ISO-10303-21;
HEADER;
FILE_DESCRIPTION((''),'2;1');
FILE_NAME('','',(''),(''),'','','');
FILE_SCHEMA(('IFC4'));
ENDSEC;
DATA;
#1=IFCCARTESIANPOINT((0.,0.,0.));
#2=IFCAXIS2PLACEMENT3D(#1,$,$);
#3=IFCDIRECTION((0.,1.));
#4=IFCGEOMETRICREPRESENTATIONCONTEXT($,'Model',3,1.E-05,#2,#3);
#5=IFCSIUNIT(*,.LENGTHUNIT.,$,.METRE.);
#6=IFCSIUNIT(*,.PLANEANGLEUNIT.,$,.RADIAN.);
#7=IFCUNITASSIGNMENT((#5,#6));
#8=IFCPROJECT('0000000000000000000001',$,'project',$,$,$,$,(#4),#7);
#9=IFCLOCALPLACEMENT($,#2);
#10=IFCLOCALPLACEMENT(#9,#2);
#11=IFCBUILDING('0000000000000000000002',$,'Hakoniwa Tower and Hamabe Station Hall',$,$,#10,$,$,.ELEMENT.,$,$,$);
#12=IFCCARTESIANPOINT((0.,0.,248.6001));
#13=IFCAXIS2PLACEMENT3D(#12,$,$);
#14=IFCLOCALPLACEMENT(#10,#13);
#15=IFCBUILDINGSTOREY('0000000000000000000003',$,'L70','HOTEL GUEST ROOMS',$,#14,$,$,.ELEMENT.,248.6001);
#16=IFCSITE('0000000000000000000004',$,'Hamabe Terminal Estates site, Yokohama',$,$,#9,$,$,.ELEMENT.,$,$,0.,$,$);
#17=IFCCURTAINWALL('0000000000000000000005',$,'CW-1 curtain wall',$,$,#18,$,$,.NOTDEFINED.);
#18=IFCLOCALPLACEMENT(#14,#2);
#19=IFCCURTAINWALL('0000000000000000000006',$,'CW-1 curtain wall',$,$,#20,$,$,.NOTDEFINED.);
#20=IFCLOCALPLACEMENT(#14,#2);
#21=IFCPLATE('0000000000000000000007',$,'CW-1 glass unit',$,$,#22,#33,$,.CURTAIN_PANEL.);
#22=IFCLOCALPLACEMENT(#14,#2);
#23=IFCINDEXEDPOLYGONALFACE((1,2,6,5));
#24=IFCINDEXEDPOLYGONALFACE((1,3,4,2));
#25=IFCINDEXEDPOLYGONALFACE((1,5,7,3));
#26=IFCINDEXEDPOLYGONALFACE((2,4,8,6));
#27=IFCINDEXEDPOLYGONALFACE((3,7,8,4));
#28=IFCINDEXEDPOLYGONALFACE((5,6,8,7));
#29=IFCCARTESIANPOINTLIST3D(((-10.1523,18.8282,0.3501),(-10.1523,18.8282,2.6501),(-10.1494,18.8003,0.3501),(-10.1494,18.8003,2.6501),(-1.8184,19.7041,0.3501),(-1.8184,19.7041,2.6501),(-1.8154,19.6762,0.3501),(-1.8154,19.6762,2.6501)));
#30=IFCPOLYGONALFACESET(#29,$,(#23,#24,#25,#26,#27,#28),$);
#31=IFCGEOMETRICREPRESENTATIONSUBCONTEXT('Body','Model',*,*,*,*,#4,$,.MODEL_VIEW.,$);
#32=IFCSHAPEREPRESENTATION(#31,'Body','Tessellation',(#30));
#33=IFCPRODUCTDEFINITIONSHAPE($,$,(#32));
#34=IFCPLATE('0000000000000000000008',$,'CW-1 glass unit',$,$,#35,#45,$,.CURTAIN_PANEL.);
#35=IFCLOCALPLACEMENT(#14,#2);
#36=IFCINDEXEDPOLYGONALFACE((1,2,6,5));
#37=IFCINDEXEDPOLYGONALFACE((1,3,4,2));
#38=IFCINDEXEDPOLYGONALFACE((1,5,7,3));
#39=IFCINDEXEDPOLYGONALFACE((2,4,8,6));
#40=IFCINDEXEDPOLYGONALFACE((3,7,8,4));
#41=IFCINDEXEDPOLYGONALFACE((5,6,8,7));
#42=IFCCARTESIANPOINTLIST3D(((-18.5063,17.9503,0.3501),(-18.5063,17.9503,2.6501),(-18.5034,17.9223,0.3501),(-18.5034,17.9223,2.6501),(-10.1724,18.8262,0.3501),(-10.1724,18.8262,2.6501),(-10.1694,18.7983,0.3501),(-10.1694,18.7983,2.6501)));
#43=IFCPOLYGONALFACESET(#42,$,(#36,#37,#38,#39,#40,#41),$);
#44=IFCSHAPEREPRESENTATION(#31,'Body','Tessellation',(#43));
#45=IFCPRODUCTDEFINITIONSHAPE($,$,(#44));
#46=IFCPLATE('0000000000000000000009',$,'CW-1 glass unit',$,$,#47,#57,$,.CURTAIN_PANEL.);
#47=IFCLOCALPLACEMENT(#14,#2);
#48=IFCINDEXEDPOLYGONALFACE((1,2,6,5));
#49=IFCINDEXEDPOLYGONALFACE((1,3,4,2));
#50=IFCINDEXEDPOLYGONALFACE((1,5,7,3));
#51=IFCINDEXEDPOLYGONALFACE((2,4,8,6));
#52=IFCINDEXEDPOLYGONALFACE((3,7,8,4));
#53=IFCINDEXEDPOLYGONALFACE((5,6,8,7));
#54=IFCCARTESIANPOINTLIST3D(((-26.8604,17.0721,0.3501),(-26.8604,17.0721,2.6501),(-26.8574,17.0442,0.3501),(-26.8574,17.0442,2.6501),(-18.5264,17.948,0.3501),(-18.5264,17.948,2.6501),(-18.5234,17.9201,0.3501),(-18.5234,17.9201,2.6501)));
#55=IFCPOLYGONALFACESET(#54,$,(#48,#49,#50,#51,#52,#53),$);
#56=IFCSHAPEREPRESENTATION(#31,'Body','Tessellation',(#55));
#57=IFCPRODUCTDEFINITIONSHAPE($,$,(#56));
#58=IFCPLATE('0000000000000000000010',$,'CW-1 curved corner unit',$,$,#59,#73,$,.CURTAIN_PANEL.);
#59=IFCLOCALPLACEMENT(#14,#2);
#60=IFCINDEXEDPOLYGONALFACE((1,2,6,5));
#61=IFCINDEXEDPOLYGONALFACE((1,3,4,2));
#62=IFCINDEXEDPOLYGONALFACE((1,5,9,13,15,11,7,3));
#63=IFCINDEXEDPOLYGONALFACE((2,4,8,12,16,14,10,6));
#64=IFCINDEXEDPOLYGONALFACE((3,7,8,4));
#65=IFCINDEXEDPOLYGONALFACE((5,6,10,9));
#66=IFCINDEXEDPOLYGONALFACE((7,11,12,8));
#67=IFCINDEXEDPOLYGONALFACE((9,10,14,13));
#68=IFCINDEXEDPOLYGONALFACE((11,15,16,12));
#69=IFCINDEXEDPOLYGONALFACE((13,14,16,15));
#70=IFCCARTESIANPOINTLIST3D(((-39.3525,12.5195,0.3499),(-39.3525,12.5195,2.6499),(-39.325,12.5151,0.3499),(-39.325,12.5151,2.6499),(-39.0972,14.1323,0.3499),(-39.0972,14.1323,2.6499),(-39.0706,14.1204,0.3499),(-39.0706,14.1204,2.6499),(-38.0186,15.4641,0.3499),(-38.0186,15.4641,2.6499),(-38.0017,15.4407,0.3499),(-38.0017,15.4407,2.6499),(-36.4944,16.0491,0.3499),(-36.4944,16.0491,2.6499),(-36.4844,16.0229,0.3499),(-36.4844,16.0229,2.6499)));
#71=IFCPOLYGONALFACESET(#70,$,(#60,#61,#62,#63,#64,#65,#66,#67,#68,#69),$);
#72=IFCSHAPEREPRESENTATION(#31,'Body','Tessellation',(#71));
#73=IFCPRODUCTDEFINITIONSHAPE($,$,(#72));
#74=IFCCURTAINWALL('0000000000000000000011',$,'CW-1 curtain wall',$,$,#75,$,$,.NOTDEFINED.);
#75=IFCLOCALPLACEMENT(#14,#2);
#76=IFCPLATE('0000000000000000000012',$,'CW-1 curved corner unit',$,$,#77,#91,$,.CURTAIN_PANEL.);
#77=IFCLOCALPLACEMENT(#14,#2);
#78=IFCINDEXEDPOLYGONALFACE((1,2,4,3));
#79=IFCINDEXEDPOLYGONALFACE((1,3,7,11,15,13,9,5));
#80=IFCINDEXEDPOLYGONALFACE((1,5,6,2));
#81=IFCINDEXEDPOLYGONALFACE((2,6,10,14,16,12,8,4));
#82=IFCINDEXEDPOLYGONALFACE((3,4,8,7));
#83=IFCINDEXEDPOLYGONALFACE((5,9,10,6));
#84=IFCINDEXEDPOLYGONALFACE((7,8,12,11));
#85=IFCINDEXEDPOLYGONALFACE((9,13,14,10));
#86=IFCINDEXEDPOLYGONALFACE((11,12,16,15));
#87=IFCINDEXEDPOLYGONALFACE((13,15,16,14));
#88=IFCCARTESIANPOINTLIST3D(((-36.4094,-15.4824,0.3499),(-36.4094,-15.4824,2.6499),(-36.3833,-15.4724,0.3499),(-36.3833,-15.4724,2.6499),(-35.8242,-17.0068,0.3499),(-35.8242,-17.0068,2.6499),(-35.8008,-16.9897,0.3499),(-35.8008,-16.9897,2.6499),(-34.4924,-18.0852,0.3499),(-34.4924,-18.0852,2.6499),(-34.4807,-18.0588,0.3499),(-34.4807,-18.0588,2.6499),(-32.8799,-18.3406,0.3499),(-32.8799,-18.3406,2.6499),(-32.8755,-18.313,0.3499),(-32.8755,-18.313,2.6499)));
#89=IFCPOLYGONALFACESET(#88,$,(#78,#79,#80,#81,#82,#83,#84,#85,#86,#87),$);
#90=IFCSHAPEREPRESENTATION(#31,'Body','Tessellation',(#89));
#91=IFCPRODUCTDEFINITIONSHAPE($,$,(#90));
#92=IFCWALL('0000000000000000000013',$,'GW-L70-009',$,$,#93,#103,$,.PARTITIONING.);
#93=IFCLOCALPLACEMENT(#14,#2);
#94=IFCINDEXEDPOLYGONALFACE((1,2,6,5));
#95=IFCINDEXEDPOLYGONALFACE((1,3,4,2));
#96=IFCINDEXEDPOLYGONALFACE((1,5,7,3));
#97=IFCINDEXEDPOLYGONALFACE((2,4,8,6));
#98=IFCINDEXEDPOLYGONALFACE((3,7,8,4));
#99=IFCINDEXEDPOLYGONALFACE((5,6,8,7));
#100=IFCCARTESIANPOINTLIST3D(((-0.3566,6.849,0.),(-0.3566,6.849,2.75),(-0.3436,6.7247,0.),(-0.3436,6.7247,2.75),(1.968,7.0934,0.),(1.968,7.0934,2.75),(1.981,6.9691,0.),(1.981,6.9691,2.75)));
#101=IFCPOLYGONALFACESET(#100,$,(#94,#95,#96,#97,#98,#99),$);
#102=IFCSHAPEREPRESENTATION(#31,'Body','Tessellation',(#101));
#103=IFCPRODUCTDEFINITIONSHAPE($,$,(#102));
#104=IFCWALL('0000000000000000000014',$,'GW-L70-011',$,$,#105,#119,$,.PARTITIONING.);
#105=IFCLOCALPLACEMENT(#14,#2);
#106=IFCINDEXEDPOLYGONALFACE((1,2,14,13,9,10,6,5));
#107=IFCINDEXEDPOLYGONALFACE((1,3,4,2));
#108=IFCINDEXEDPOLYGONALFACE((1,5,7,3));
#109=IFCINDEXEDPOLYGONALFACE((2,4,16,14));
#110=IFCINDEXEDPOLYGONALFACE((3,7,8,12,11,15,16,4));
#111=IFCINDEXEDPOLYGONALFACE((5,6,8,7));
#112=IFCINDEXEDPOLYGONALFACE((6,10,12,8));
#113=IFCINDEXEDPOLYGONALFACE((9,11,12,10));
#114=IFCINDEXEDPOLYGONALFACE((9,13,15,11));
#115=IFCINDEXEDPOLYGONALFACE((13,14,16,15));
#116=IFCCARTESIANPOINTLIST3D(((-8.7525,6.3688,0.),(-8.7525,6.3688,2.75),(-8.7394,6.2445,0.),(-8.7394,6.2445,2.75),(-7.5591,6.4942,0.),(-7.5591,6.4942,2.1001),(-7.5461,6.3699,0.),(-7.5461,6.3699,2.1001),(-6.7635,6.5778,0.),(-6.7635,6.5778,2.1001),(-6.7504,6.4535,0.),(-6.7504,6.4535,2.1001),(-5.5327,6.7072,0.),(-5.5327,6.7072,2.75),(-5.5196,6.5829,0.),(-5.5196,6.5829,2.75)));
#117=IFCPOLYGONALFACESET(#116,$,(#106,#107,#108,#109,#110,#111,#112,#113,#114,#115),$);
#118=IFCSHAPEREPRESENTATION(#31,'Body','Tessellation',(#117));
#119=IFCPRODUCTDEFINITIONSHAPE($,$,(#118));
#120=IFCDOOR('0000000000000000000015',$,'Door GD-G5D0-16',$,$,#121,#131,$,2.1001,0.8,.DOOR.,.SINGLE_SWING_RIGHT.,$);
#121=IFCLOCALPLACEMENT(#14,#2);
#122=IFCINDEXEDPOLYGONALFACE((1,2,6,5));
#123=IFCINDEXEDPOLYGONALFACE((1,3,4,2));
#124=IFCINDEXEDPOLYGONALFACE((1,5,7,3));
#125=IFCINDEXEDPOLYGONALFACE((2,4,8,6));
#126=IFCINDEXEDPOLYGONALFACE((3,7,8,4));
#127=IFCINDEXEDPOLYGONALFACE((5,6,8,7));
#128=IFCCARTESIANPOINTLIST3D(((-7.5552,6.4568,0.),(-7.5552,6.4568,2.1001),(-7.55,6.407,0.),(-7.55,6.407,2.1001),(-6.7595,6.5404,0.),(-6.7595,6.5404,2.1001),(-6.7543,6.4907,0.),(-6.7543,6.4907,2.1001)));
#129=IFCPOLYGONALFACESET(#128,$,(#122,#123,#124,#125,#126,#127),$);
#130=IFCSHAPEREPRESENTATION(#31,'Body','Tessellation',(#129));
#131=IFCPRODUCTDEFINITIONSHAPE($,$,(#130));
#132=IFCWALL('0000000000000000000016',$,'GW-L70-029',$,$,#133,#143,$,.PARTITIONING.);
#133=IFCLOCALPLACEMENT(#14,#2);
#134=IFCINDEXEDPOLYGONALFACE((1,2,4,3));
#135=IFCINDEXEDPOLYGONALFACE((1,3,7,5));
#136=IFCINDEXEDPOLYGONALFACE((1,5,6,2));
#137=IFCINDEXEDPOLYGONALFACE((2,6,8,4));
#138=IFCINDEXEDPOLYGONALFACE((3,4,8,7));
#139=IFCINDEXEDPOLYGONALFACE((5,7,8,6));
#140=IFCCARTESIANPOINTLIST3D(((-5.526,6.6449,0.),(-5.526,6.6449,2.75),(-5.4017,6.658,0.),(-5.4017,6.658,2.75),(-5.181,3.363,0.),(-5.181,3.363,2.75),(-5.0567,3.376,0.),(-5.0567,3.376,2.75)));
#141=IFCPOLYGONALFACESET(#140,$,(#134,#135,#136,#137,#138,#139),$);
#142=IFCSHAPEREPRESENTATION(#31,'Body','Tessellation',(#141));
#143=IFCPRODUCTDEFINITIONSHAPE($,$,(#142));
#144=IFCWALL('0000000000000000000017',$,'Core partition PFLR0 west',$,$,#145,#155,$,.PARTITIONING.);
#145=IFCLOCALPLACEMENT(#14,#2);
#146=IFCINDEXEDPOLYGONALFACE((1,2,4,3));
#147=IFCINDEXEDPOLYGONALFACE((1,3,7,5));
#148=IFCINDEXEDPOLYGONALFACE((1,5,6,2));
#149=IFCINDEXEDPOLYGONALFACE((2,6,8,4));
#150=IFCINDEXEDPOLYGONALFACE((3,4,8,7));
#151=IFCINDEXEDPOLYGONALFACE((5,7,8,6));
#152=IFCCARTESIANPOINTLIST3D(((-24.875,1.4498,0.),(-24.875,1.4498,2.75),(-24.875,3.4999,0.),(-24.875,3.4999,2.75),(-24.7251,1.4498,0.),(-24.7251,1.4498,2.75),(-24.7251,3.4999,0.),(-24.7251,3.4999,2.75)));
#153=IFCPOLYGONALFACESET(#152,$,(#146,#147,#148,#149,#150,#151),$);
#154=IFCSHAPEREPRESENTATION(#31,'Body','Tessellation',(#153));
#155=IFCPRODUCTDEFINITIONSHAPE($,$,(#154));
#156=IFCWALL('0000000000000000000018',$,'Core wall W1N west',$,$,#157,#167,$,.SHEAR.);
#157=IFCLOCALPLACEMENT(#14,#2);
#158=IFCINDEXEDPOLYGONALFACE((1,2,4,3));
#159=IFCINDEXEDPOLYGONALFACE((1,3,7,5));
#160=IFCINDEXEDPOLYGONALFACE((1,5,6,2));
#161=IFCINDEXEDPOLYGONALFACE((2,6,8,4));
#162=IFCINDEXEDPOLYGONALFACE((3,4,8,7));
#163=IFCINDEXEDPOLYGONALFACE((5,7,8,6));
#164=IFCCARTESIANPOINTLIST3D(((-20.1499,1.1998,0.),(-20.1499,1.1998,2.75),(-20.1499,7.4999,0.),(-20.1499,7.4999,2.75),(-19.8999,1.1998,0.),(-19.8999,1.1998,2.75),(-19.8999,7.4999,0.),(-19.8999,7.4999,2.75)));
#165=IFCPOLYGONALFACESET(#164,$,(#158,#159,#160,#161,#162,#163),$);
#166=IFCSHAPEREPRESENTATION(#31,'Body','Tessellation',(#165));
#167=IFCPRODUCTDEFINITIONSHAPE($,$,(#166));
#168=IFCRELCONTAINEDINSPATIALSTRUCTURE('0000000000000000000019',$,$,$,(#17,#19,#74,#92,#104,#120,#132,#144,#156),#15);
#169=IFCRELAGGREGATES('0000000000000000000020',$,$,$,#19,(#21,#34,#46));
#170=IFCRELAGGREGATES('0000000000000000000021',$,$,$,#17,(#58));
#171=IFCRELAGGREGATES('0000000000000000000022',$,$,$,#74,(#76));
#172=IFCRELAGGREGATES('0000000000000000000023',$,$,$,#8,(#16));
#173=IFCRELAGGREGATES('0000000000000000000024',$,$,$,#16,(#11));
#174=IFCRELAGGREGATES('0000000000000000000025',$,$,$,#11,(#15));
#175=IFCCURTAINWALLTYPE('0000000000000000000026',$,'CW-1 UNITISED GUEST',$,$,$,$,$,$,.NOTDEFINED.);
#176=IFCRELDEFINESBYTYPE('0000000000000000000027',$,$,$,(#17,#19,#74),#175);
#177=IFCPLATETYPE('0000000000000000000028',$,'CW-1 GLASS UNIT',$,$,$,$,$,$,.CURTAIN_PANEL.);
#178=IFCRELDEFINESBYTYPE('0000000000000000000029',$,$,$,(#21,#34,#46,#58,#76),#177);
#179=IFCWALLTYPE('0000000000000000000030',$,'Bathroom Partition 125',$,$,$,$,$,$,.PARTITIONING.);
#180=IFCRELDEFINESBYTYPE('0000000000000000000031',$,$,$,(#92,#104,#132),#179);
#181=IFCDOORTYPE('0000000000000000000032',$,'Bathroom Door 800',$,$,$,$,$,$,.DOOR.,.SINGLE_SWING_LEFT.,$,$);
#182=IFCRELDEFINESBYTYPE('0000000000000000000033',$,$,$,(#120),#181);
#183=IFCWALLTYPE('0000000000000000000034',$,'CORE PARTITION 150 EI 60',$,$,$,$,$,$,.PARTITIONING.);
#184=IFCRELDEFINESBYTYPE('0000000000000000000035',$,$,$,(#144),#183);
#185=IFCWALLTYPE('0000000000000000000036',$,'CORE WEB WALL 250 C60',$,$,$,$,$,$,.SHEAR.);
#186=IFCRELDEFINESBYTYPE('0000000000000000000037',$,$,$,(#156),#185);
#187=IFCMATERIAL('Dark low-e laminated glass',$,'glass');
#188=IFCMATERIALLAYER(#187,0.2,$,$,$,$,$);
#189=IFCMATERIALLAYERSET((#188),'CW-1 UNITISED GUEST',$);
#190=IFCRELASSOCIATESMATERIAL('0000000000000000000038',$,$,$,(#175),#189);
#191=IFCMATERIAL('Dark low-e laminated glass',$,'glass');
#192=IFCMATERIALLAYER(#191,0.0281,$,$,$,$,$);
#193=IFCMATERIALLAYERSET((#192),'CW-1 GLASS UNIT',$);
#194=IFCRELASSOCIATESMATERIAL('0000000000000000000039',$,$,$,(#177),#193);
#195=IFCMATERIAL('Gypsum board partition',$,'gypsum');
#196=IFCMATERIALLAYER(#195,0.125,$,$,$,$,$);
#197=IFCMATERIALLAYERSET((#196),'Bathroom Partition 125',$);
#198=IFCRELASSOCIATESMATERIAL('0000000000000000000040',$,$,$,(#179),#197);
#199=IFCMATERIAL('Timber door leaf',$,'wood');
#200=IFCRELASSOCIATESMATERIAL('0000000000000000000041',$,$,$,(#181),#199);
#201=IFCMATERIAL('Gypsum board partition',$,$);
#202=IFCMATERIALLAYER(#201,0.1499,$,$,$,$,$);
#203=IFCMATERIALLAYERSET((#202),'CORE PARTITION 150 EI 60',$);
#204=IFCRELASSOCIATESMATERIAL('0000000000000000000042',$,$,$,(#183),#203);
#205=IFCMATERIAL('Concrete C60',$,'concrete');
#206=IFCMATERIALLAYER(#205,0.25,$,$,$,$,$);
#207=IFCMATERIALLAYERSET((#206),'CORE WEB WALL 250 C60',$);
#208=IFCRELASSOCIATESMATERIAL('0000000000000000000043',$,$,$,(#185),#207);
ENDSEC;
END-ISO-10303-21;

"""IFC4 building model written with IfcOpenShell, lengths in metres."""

from ifc_helpers import new_model, si_unit, direction, frame, frame_2d, origin, origin_2d, place, context, subcontext, project, spatial, polyline, rectangle, outline, extrude, material, layer, layer_set, type_object, element, fill, aggregate, save


model = new_model("IFC4")

# Units and contexts
model_context = context("Model", 3, precision=1e-05, world=origin(), true_north=direction((0.0, 1.0)))
body_context = subcontext(model_context, "Body", "Model", "MODEL_VIEW")
ifc_project = project(units=[si_unit("LENGTHUNIT", "METRE"), si_unit("PLANEANGLEUNIT", "RADIAN")], contexts=[model_context])

# Site, building, storey
site_placement = place(None, origin())
site = spatial("IfcSite", under=ifc_project, at=site_placement, Name="Hamabe Terminal Estates site, Yokohama", CompositionType="ELEMENT", RefElevation=0.0)
building_placement = place(site_placement, origin())
building = spatial("IfcBuilding", under=site, at=building_placement, Name="Hakoniwa Tower and Hamabe Station Hall", CompositionType="ELEMENT")
storey_placement = place(building_placement, frame((0.0, 0.0, 248.6001)))
storey = spatial("IfcBuildingStorey", under=building, at=storey_placement, Name="L70", Description="HOTEL GUEST ROOMS", CompositionType="ELEMENT", Elevation=248.6001)

# Curtain wall
ifc_material_1 = material(Name="Dark low-e laminated glass", Category="glass")
ifc_layer_1 = layer(ifc_material_1, 0.2)
ifc_layer_set_1 = layer_set([ifc_layer_1], Name="CW-1 UNITISED GUEST")
curtain_wall_type = type_object("IfcCurtainWallType", Name="CW-1 UNITISED GUEST", PredefinedType="NOTDEFINED", material=ifc_layer_set_1)
curtain_wall_1_placement = place(storey_placement, origin())
curtain_wall_1 = element("IfcCurtainWall", 1, at=curtain_wall_1_placement, inside=storey, type_object=curtain_wall_type, Name="CW-1 curtain wall", PredefinedType="NOTDEFINED")

# Curtain wall, plates
curtain_wall_2_placement = place(storey_placement, origin())
curtain_wall_2 = element("IfcCurtainWall", 2, at=curtain_wall_2_placement, inside=storey, type_object=curtain_wall_type, Name="CW-1 curtain wall", PredefinedType="NOTDEFINED")
ifc_material_2 = material(Name="Dark low-e laminated glass", Category="glass")
ifc_layer_2 = layer(ifc_material_2, 0.0281)
ifc_layer_set_2 = layer_set([ifc_layer_2], Name="CW-1 GLASS UNIT")
plate_type = type_object("IfcPlateType", Name="CW-1 GLASS UNIT", PredefinedType="CURTAIN_PANEL", material=ifc_layer_set_2)
plate_1_placement = place(storey_placement, frame((-5.9839, 19.2522, 0.3501), z_axis=(0.0, 0.0, 1.0), x_axis=(-0.994522, -0.104528, 0.0)))
plate_1 = element("IfcPlate", 3, at=plate_1_placement, type_object=plate_type, Name="CW-1 glass unit", PredefinedType="CURTAIN_PANEL", context=body_context, shape_type="SweptSolid", body=[
    extrude(rectangle(XDim=8.3799, YDim=0.0281, at=origin_2d()), origin(), (0.0, 0.0, 1.0), 2.3),
])
plate_2_placement = place(storey_placement, frame((-14.3379, 18.3743, 0.3501), z_axis=(0.0, 0.0, 1.0), x_axis=(-0.994522, -0.104528, 0.0)))
plate_2 = element("IfcPlate", 4, at=plate_2_placement, type_object=plate_type, Name="CW-1 glass unit", PredefinedType="CURTAIN_PANEL", context=body_context, shape_type="SweptSolid", body=[
    extrude(rectangle(XDim=8.3799, YDim=0.0281, at=origin_2d()), origin(), (0.0, 0.0, 1.0), 2.3),
])
plate_3_placement = place(storey_placement, frame((-22.6919, 17.4961, 0.3501), z_axis=(0.0, 0.0, 1.0), x_axis=(-0.994522, -0.104528, 0.0)))
plate_3 = element("IfcPlate", 5, at=plate_3_placement, type_object=plate_type, Name="CW-1 glass unit", PredefinedType="CURTAIN_PANEL", context=body_context, shape_type="SweptSolid", body=[
    extrude(rectangle(XDim=8.3799, YDim=0.0281, at=origin_2d()), origin(), (0.0, 0.0, 1.0), 2.3),
])
aggregate(curtain_wall_2, [plate_1, plate_2, plate_3])

# Plate
plate_4_placement = place(storey_placement, frame((0.0, 0.0, 0.3499)))
plate_4 = element("IfcPlate", 6, at=plate_4_placement, type_object=plate_type, Name="CW-1 curved corner unit", PredefinedType="CURTAIN_PANEL", context=body_context, shape_type="SweptSolid", body=[
    extrude(outline(polyline([(-36.4944, 16.0491), (-38.0186, 15.4641), (-39.0972, 14.1323), (-39.3525, 12.5195), (-39.325, 12.5151), (-39.0706, 14.1204), (-38.0017, 15.4407), (-36.4844, 16.0229), (-36.4944, 16.0491)])), origin(), (0.0, 0.0, 1.0), 2.3),
])
aggregate(curtain_wall_1, [plate_4])

# Curtain wall, plate
curtain_wall_3_placement = place(storey_placement, origin())
curtain_wall_3 = element("IfcCurtainWall", 7, at=curtain_wall_3_placement, inside=storey, type_object=curtain_wall_type, Name="CW-1 curtain wall", PredefinedType="NOTDEFINED")
plate_5_placement = place(storey_placement, frame((0.0, 0.0, 0.3499)))
plate_5 = element("IfcPlate", 8, at=plate_5_placement, type_object=plate_type, Name="CW-1 curved corner unit", PredefinedType="CURTAIN_PANEL", context=body_context, shape_type="SweptSolid", body=[
    extrude(outline(polyline([(-36.4094, -15.4824), (-35.8242, -17.0068), (-34.4924, -18.0852), (-32.8799, -18.3406), (-32.8755, -18.313), (-34.4807, -18.0588), (-35.8008, -16.9897), (-36.3833, -15.4724), (-36.4094, -15.4824)])), origin(), (0.0, 0.0, 1.0), 2.3),
])
aggregate(curtain_wall_3, [plate_5])

# Wall
ifc_material_3 = material(Name="Gypsum board partition", Category="gypsum")
ifc_layer_3 = layer(ifc_material_3, 0.125)
ifc_layer_set_3 = layer_set([ifc_layer_3], Name="Bathroom Partition 125")
wall_type_1 = type_object("IfcWallType", Name="Bathroom Partition 125", PredefinedType="PARTITIONING", material=ifc_layer_set_3)
wall_1_placement = place(storey_placement, frame((-0.3501, 6.7869, 0.0), z_axis=(0.0, 0.0, 1.0), x_axis=(0.99452, 0.104549, 0.0)))
element("IfcWall", 9, at=wall_1_placement, inside=storey, type_object=wall_type_1, Name="GW-L70-009", PredefinedType="PARTITIONING", context=body_context, shape_type="SweptSolid", body=[
    extrude(rectangle(XDim=2.3374, YDim=0.125, at=frame_2d((1.1687, 0.0))), origin(), (0.0, 0.0, 1.0), 2.75),
])

# Wall, opening, door
wall_2_placement = place(storey_placement, frame((-8.7458, 6.3066, 0.0), z_axis=(0.0, 0.0, 1.0), x_axis=(0.994523, 0.10452, 0.0)))
wall_2 = element("IfcWall", 10, at=wall_2_placement, inside=storey, type_object=wall_type_1, Name="GW-L70-011", PredefinedType="PARTITIONING", context=body_context, shape_type="SweptSolid", body=[
    extrude(rectangle(XDim=3.2375, YDim=0.125, at=frame_2d((1.6187, 0.0))), origin(), (0.0, 0.0, 1.0), 2.75),
])
opening_1_placement = place(wall_2_placement, frame((1.2, 0.0, 0.0)))
opening_1 = element("IfcOpeningElement", 11, at=opening_1_placement, cuts=wall_2, PredefinedType="OPENING", context=body_context, shape_type="SweptSolid", body=[
    extrude(rectangle(XDim=0.8, YDim=2.1001, at=frame_2d((0.3999, 1.05))), frame((0.0, 0.0725, 0.0), z_axis=(0.0, -1.0, 0.0), x_axis=(1.0, 0.0, 0.0)), (0.0, 0.0, 1.0), 0.145),
])
ifc_material_4 = material(Name="Timber door leaf", Category="wood")
door_type_1 = type_object("IfcDoorType", Name="Bathroom Door 800", OperationType="SINGLE_SWING_LEFT", PredefinedType="DOOR", material=ifc_material_4)
door_1_placement = place(opening_1_placement, origin())
door_1 = element("IfcDoor", 12, at=door_1_placement, inside=storey, type_object=door_type_1, Name="Door GD-G5D0-16", OperationType="SINGLE_SWING_RIGHT", OverallHeight=2.1001, OverallWidth=0.8, PredefinedType="DOOR", context=body_context, shape_type="SweptSolid", body=[
    extrude(rectangle(XDim=0.8, YDim=2.1001, at=frame_2d((0.3999, 1.05))), frame((0.0, 0.0249, 0.0), z_axis=(0.0, -1.0, 0.0), x_axis=(1.0, 0.0, 0.0)), (0.0, 0.0, 1.0), 0.05),
])
fill(opening_1, door_1)

# Walls
wall_3_placement = place(storey_placement, frame((-5.1189, 3.3696, 0.0), z_axis=(0.0, 0.0, 1.0), x_axis=(-0.104535, 0.994521, 0.0)))
element("IfcWall", 13, at=wall_3_placement, inside=storey, type_object=wall_type_1, Name="GW-L70-029", PredefinedType="PARTITIONING", context=body_context, shape_type="SweptSolid", body=[
    extrude(rectangle(XDim=3.3, YDim=0.125, at=frame_2d((1.6499, 0.0))), origin(), (0.0, 0.0, 1.0), 2.75),
])
ifc_material_5 = material(Name="Gypsum board partition")
ifc_layer_4 = layer(ifc_material_5, 0.1499)
ifc_layer_set_4 = layer_set([ifc_layer_4], Name="CORE PARTITION 150 EI 60")
wall_type_2 = type_object("IfcWallType", Name="CORE PARTITION 150 EI 60", PredefinedType="PARTITIONING", material=ifc_layer_set_4)
wall_4_placement = place(storey_placement, frame((-24.8, 1.45, 0.0), z_axis=(0.0, 0.0, 1.0), x_axis=(0.0, 1.0, 0.0)))
element("IfcWall", 14, at=wall_4_placement, inside=storey, type_object=wall_type_2, Name="Core partition PFLR0 west", PredefinedType="PARTITIONING", context=body_context, shape_type="SweptSolid", body=[
    extrude(rectangle(XDim=2.05, YDim=0.1499, at=frame_2d((1.0249, 0.0))), origin(), (0.0, 0.0, 1.0), 2.75),
])
ifc_material_6 = material(Name="Concrete C60", Category="concrete")
ifc_layer_5 = layer(ifc_material_6, 0.25)
ifc_layer_set_5 = layer_set([ifc_layer_5], Name="CORE WEB WALL 250 C60")
wall_type_3 = type_object("IfcWallType", Name="CORE WEB WALL 250 C60", PredefinedType="SHEAR", material=ifc_layer_set_5)
wall_5_placement = place(storey_placement, frame((-20.0249, 1.2, 0.0), z_axis=(0.0, 0.0, 1.0), x_axis=(0.0, 1.0, 0.0)))
element("IfcWall", 15, at=wall_5_placement, inside=storey, type_object=wall_type_3, Name="Core wall W1N west", PredefinedType="SHEAR", context=body_context, shape_type="SweptSolid", body=[
    extrude(rectangle(XDim=6.3, YDim=0.25, at=frame_2d((3.1499, 0.0))), origin(), (0.0, 0.0, 1.0), 2.75),
])

save(model, "model.ifc")
